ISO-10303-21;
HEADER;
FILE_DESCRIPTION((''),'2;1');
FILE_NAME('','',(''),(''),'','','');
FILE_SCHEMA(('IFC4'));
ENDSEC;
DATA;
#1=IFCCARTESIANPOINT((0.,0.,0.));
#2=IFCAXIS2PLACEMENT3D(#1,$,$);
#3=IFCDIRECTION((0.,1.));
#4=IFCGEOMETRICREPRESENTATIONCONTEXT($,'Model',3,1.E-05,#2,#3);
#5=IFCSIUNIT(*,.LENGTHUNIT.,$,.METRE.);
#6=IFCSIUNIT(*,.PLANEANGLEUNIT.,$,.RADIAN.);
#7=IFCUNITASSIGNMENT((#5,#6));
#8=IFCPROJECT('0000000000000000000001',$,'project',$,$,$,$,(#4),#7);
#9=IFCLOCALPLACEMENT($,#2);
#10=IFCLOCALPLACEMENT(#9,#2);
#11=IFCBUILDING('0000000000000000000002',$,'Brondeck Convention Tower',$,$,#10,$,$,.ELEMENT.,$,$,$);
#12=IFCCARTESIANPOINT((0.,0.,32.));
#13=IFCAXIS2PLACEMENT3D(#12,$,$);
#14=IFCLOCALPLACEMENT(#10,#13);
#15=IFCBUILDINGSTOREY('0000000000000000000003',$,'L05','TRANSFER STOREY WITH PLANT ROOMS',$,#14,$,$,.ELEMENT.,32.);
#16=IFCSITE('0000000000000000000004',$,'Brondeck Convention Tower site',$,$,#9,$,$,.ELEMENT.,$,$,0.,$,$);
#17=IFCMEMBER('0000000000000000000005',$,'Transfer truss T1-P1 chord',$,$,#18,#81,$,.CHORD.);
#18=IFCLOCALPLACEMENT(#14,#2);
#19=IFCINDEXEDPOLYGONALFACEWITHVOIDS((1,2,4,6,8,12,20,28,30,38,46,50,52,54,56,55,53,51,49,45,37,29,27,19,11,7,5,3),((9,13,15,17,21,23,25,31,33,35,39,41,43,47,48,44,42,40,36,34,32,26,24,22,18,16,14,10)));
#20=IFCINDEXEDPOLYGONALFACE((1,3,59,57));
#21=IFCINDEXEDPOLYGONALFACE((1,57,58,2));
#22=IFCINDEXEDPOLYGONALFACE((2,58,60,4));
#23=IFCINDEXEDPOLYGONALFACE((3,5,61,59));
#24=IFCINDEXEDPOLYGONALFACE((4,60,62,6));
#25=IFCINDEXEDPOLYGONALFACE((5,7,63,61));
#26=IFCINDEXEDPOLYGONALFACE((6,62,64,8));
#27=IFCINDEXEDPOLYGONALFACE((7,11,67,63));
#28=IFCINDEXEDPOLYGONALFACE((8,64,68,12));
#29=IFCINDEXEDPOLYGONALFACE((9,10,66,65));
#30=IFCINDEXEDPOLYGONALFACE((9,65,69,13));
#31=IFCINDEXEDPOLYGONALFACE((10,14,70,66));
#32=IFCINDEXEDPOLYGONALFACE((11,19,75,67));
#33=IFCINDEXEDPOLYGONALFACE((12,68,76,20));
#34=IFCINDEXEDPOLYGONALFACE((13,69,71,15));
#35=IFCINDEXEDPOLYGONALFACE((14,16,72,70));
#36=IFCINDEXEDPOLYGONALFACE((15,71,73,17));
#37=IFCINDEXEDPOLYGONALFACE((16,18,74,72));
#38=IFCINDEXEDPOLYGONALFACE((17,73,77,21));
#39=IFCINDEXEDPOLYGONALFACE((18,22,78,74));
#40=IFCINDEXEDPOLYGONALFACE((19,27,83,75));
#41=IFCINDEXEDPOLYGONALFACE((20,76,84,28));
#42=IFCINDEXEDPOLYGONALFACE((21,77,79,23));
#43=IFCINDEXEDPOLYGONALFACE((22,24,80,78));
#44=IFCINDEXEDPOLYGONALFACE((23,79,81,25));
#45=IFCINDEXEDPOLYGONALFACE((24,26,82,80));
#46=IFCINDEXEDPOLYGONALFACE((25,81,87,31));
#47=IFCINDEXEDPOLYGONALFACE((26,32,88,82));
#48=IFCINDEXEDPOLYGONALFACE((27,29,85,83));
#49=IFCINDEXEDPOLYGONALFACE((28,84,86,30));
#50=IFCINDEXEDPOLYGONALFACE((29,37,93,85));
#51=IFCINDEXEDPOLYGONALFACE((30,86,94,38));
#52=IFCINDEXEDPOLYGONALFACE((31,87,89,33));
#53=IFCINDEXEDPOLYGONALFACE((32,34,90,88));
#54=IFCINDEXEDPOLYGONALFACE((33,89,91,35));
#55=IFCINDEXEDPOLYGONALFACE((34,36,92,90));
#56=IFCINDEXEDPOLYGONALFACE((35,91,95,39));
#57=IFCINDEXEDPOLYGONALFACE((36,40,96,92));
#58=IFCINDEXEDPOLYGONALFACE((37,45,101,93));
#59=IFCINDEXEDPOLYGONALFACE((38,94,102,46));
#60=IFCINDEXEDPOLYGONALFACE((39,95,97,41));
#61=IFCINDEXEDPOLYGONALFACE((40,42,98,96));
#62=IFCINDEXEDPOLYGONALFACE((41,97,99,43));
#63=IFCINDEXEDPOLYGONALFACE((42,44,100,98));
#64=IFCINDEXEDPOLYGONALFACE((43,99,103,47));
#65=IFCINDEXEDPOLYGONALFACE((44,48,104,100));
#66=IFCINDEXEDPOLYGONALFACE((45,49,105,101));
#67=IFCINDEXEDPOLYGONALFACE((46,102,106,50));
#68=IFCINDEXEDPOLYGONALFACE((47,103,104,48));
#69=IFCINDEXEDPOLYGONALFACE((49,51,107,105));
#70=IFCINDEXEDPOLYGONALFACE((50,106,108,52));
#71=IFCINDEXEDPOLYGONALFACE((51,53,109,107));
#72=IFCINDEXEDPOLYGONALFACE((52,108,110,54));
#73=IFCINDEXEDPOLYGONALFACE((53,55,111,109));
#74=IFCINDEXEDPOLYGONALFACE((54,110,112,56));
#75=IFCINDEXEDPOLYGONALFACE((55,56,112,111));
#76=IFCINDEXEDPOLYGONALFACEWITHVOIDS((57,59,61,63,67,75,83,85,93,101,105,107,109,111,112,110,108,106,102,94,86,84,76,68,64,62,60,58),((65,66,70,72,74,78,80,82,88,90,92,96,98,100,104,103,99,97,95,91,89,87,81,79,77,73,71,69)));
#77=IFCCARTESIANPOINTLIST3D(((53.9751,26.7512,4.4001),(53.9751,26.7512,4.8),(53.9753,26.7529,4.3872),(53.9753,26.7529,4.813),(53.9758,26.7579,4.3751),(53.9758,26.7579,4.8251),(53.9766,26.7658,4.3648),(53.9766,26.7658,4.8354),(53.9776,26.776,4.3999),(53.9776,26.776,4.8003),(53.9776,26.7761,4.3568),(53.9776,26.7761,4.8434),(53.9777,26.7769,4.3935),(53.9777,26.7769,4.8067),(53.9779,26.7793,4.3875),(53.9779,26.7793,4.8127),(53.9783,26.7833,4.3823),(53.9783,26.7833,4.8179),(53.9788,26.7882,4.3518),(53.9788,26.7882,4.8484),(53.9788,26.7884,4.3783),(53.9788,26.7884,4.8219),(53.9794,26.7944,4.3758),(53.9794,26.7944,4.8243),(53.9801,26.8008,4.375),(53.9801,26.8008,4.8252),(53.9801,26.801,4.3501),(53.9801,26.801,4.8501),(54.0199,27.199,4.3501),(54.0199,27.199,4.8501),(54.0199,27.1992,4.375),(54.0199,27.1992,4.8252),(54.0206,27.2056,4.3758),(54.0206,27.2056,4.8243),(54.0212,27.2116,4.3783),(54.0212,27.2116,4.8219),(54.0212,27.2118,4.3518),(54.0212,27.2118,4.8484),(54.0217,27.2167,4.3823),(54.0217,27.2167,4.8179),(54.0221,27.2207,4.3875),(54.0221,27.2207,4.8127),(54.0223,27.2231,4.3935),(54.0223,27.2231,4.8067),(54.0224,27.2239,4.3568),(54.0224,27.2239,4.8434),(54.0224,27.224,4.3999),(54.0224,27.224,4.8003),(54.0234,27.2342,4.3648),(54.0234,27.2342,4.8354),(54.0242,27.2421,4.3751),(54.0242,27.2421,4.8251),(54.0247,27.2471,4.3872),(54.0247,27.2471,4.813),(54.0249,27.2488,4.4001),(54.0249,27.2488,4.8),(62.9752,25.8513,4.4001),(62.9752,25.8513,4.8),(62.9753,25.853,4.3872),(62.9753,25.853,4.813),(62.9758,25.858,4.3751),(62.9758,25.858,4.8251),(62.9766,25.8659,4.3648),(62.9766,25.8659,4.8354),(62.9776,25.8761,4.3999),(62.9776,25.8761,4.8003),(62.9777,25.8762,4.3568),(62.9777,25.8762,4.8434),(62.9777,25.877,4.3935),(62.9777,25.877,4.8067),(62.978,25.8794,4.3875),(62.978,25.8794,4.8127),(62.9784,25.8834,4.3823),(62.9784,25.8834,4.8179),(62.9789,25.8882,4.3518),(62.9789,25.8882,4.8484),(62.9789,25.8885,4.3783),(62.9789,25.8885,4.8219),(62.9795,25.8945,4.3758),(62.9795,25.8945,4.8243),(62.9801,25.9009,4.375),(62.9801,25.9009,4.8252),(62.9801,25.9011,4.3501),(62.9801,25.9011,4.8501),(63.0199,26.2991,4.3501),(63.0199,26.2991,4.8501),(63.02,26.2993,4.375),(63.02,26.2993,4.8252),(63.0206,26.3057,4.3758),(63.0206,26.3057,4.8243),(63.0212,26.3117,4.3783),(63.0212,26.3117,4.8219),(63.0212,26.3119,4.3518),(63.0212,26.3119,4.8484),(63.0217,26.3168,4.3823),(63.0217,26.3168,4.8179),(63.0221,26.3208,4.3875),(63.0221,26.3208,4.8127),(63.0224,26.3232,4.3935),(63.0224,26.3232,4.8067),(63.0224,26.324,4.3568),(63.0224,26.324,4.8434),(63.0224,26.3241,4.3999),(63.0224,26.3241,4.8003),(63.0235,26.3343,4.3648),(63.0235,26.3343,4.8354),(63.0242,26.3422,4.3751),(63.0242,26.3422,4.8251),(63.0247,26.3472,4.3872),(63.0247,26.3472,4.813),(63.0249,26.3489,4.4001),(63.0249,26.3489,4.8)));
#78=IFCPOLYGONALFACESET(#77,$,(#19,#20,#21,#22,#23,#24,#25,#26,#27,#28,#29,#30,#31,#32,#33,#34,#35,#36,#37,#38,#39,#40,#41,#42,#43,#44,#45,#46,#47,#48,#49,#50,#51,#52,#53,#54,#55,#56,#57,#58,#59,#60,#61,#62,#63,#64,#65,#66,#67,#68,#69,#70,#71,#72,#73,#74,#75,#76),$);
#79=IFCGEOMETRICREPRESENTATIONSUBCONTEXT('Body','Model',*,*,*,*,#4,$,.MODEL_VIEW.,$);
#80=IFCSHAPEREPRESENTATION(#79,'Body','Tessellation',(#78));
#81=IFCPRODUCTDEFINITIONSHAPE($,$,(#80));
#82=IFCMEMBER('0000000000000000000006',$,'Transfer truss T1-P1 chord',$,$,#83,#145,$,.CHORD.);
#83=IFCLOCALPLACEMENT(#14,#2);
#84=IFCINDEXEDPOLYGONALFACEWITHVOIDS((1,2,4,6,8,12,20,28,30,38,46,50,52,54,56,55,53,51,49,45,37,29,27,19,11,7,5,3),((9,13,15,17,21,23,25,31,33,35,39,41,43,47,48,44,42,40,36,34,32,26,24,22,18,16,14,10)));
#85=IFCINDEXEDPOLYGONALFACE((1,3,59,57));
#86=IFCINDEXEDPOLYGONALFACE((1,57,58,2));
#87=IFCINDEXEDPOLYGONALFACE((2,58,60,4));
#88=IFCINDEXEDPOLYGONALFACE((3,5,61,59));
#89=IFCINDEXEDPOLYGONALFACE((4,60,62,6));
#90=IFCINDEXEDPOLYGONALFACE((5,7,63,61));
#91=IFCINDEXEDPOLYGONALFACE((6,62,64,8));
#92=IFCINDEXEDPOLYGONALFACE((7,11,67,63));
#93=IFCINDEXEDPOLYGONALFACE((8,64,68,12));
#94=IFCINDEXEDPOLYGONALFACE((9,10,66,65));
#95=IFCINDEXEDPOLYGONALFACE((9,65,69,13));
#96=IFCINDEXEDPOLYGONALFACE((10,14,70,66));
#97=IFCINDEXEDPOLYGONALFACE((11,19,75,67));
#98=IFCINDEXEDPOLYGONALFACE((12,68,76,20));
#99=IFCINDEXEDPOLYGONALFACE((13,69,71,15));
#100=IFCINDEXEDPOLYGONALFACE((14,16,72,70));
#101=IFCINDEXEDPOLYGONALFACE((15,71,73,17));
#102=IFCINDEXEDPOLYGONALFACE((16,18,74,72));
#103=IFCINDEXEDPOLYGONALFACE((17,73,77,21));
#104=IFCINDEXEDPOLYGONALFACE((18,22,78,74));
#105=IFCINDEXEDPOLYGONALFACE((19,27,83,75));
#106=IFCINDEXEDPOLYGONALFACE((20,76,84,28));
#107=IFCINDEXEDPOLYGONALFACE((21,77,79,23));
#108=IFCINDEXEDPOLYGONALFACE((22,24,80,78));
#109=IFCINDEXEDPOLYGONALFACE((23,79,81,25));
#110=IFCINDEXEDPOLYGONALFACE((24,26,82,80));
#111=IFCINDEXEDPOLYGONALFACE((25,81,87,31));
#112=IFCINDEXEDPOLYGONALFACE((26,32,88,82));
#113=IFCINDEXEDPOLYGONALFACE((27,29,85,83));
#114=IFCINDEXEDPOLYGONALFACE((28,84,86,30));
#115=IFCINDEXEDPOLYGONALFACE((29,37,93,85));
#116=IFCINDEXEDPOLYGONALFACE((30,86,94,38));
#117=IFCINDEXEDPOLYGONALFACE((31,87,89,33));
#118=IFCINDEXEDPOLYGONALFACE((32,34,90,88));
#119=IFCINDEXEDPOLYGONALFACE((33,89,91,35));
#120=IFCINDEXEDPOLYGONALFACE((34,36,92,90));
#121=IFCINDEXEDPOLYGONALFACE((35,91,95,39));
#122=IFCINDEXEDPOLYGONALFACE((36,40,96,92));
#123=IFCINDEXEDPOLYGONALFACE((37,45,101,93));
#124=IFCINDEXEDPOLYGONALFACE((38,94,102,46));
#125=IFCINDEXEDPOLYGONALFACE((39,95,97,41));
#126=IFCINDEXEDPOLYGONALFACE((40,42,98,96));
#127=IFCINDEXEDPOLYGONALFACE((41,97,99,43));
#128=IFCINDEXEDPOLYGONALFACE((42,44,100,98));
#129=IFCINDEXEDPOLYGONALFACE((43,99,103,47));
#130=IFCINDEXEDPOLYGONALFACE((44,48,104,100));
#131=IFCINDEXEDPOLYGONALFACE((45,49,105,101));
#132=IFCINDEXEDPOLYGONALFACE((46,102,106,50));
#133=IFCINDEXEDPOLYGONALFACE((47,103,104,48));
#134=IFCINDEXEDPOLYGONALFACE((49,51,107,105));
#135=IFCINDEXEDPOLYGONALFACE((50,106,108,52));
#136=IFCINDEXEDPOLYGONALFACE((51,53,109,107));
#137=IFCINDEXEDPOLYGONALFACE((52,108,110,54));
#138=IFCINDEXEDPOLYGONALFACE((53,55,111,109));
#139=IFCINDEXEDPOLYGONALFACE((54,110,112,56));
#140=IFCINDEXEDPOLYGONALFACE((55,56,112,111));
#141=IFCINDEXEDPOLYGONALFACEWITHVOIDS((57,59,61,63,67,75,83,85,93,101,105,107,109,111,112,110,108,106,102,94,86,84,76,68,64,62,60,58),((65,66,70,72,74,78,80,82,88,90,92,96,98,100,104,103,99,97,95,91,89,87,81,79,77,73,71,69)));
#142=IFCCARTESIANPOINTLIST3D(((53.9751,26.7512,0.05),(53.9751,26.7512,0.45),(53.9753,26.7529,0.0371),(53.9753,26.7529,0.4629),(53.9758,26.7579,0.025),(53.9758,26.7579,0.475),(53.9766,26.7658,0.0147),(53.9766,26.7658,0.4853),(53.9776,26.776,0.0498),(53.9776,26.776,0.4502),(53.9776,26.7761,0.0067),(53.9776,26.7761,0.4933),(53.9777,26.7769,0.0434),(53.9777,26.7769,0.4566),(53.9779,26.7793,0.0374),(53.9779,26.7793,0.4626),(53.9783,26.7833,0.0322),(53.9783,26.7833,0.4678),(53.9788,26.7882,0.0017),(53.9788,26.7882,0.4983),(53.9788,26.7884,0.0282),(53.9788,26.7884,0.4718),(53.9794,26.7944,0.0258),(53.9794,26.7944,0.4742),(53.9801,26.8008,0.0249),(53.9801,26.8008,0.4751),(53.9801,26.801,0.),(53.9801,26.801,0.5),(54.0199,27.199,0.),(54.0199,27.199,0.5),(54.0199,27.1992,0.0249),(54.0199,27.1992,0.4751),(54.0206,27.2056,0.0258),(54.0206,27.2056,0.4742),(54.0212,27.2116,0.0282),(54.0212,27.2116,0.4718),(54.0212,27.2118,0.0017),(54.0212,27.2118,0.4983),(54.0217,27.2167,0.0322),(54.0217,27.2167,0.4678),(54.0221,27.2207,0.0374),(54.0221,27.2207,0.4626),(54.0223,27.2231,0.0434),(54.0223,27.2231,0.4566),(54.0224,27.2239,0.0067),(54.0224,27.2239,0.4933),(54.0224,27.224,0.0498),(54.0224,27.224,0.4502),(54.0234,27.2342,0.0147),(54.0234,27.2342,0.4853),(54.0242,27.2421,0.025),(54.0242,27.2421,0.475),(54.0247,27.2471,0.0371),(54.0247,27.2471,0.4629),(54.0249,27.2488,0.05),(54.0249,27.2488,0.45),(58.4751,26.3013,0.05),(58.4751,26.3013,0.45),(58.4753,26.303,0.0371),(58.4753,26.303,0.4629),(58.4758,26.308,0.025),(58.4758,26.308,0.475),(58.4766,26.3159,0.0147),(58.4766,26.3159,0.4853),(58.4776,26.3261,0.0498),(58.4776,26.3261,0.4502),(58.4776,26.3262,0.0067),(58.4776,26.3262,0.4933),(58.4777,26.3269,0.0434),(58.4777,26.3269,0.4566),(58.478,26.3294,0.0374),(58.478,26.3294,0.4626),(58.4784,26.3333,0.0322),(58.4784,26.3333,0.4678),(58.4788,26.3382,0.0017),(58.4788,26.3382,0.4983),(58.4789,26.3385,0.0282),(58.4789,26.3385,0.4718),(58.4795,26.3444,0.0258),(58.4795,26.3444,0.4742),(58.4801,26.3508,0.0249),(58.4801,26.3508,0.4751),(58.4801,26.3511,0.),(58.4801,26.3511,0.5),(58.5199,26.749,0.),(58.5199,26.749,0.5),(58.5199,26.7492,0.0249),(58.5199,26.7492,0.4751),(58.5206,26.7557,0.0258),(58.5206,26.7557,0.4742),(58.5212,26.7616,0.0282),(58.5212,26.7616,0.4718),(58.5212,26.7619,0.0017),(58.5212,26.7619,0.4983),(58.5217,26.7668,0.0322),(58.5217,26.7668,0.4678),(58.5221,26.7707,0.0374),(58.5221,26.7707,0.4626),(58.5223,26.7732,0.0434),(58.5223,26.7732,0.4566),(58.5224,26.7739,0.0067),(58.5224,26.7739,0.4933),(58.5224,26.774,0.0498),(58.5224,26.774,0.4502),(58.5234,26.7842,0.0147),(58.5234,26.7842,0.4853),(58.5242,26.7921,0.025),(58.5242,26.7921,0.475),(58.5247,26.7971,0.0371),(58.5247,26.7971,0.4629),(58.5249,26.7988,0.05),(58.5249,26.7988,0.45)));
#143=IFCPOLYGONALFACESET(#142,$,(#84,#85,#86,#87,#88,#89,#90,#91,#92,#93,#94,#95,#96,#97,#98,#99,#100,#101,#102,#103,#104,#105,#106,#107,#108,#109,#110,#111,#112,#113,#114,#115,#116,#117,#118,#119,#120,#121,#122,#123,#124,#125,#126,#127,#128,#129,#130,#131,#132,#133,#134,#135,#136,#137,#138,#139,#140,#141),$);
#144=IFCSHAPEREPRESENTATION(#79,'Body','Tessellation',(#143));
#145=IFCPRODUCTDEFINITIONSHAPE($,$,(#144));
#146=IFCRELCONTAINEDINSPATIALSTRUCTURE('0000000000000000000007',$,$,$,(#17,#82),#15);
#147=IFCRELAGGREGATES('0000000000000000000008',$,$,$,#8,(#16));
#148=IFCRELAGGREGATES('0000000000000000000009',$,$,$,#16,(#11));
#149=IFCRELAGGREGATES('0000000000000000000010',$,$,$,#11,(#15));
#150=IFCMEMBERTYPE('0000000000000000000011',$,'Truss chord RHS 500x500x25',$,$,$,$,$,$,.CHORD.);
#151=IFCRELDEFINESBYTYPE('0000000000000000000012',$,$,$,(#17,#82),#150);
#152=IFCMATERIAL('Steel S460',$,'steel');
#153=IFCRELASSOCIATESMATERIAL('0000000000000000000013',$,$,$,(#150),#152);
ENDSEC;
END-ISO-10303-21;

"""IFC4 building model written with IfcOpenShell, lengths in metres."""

from ifc_helpers import new_model, si_unit, direction, frame, origin, origin_2d, place, context, subcontext, project, spatial, hollow_rectangle, extrude, material, material_profile, profile_set, type_object, element, save


model = new_model("IFC4")

# Units and contexts
model_context = context("Model", 3, precision=1e-05, world=origin(), true_north=direction((0.0, 1.0)))
body_context = subcontext(model_context, "Body", "Model", "MODEL_VIEW")
ifc_project = project(units=[si_unit("LENGTHUNIT", "METRE"), si_unit("PLANEANGLEUNIT", "RADIAN")], contexts=[model_context])

# Site, building, storey
site_placement = place(None, origin())
site = spatial("IfcSite", under=ifc_project, at=site_placement, Name="Brondeck Convention Tower site", CompositionType="ELEMENT", RefElevation=0.0)
building_placement = place(site_placement, origin())
building = spatial("IfcBuilding", under=site, at=building_placement, Name="Brondeck Convention Tower", CompositionType="ELEMENT")
storey_placement = place(building_placement, frame((0.0, 0.0, 32.0)))
storey = spatial("IfcBuildingStorey", under=building, at=storey_placement, Name="L05", Description="TRANSFER STOREY WITH PLANT ROOMS", CompositionType="ELEMENT", Elevation=32.0)

# Shared definitions
ifc_material_1 = material(Name="Steel S460", Category="steel")

# Members
ifc_material_profile_1 = material_profile(ifc_material_1, hollow_rectangle(XDim=0.5, YDim=0.5, WallThickness=0.0249, InnerFilletRadius=0.0249, OuterFilletRadius=0.05, at=origin_2d()), Name="RHS 500x500x25")
ifc_profile_set_1 = profile_set([ifc_material_profile_1], Name="Steel S460")
member_type_1 = type_object("IfcMemberType", Name="Truss chord RHS 500x500x25", PredefinedType="CHORD", material=ifc_profile_set_1)
member_1_placement = place(storey_placement, frame((54.0, 27.0, 4.6001), z_axis=(0.995038, -0.099493, 0.0), x_axis=(0.099493, 0.995038, 0.0)))
element("IfcMember", 1, at=member_1_placement, inside=storey, type_object=member_type_1, Name="Transfer truss T1-P1 chord", PredefinedType="CHORD", context=body_context, shape_type="SweptSolid", body=[
    extrude(hollow_rectangle(XDim=0.5, YDim=0.5, WallThickness=0.0249, InnerFilletRadius=0.0249, OuterFilletRadius=0.05, at=origin_2d()), origin(), (0.0, 0.0, 1.0), 9.0449),
])
for number, where, z_axis, x_axis, name in (
    (2, (54.0, 27.0, 0.25), (0.995038, -0.099493, 0.0), (0.099493, 0.995038, 0.0), "Transfer truss T1-P1 chord"),
):
    element("IfcMember", number, at=place(storey_placement, frame(where, z_axis=z_axis, x_axis=x_axis)), inside=storey, type_object=member_type_1, Name=name, PredefinedType="CHORD", context=body_context, shape_type="SweptSolid", body=[
        extrude(hollow_rectangle(XDim=0.5, YDim=0.5, WallThickness=0.0249, InnerFilletRadius=0.0249, OuterFilletRadius=0.05, at=origin_2d()), origin(), (0.0, 0.0, 1.0), 4.5225),
    ])

save(model, "model.ifc")
